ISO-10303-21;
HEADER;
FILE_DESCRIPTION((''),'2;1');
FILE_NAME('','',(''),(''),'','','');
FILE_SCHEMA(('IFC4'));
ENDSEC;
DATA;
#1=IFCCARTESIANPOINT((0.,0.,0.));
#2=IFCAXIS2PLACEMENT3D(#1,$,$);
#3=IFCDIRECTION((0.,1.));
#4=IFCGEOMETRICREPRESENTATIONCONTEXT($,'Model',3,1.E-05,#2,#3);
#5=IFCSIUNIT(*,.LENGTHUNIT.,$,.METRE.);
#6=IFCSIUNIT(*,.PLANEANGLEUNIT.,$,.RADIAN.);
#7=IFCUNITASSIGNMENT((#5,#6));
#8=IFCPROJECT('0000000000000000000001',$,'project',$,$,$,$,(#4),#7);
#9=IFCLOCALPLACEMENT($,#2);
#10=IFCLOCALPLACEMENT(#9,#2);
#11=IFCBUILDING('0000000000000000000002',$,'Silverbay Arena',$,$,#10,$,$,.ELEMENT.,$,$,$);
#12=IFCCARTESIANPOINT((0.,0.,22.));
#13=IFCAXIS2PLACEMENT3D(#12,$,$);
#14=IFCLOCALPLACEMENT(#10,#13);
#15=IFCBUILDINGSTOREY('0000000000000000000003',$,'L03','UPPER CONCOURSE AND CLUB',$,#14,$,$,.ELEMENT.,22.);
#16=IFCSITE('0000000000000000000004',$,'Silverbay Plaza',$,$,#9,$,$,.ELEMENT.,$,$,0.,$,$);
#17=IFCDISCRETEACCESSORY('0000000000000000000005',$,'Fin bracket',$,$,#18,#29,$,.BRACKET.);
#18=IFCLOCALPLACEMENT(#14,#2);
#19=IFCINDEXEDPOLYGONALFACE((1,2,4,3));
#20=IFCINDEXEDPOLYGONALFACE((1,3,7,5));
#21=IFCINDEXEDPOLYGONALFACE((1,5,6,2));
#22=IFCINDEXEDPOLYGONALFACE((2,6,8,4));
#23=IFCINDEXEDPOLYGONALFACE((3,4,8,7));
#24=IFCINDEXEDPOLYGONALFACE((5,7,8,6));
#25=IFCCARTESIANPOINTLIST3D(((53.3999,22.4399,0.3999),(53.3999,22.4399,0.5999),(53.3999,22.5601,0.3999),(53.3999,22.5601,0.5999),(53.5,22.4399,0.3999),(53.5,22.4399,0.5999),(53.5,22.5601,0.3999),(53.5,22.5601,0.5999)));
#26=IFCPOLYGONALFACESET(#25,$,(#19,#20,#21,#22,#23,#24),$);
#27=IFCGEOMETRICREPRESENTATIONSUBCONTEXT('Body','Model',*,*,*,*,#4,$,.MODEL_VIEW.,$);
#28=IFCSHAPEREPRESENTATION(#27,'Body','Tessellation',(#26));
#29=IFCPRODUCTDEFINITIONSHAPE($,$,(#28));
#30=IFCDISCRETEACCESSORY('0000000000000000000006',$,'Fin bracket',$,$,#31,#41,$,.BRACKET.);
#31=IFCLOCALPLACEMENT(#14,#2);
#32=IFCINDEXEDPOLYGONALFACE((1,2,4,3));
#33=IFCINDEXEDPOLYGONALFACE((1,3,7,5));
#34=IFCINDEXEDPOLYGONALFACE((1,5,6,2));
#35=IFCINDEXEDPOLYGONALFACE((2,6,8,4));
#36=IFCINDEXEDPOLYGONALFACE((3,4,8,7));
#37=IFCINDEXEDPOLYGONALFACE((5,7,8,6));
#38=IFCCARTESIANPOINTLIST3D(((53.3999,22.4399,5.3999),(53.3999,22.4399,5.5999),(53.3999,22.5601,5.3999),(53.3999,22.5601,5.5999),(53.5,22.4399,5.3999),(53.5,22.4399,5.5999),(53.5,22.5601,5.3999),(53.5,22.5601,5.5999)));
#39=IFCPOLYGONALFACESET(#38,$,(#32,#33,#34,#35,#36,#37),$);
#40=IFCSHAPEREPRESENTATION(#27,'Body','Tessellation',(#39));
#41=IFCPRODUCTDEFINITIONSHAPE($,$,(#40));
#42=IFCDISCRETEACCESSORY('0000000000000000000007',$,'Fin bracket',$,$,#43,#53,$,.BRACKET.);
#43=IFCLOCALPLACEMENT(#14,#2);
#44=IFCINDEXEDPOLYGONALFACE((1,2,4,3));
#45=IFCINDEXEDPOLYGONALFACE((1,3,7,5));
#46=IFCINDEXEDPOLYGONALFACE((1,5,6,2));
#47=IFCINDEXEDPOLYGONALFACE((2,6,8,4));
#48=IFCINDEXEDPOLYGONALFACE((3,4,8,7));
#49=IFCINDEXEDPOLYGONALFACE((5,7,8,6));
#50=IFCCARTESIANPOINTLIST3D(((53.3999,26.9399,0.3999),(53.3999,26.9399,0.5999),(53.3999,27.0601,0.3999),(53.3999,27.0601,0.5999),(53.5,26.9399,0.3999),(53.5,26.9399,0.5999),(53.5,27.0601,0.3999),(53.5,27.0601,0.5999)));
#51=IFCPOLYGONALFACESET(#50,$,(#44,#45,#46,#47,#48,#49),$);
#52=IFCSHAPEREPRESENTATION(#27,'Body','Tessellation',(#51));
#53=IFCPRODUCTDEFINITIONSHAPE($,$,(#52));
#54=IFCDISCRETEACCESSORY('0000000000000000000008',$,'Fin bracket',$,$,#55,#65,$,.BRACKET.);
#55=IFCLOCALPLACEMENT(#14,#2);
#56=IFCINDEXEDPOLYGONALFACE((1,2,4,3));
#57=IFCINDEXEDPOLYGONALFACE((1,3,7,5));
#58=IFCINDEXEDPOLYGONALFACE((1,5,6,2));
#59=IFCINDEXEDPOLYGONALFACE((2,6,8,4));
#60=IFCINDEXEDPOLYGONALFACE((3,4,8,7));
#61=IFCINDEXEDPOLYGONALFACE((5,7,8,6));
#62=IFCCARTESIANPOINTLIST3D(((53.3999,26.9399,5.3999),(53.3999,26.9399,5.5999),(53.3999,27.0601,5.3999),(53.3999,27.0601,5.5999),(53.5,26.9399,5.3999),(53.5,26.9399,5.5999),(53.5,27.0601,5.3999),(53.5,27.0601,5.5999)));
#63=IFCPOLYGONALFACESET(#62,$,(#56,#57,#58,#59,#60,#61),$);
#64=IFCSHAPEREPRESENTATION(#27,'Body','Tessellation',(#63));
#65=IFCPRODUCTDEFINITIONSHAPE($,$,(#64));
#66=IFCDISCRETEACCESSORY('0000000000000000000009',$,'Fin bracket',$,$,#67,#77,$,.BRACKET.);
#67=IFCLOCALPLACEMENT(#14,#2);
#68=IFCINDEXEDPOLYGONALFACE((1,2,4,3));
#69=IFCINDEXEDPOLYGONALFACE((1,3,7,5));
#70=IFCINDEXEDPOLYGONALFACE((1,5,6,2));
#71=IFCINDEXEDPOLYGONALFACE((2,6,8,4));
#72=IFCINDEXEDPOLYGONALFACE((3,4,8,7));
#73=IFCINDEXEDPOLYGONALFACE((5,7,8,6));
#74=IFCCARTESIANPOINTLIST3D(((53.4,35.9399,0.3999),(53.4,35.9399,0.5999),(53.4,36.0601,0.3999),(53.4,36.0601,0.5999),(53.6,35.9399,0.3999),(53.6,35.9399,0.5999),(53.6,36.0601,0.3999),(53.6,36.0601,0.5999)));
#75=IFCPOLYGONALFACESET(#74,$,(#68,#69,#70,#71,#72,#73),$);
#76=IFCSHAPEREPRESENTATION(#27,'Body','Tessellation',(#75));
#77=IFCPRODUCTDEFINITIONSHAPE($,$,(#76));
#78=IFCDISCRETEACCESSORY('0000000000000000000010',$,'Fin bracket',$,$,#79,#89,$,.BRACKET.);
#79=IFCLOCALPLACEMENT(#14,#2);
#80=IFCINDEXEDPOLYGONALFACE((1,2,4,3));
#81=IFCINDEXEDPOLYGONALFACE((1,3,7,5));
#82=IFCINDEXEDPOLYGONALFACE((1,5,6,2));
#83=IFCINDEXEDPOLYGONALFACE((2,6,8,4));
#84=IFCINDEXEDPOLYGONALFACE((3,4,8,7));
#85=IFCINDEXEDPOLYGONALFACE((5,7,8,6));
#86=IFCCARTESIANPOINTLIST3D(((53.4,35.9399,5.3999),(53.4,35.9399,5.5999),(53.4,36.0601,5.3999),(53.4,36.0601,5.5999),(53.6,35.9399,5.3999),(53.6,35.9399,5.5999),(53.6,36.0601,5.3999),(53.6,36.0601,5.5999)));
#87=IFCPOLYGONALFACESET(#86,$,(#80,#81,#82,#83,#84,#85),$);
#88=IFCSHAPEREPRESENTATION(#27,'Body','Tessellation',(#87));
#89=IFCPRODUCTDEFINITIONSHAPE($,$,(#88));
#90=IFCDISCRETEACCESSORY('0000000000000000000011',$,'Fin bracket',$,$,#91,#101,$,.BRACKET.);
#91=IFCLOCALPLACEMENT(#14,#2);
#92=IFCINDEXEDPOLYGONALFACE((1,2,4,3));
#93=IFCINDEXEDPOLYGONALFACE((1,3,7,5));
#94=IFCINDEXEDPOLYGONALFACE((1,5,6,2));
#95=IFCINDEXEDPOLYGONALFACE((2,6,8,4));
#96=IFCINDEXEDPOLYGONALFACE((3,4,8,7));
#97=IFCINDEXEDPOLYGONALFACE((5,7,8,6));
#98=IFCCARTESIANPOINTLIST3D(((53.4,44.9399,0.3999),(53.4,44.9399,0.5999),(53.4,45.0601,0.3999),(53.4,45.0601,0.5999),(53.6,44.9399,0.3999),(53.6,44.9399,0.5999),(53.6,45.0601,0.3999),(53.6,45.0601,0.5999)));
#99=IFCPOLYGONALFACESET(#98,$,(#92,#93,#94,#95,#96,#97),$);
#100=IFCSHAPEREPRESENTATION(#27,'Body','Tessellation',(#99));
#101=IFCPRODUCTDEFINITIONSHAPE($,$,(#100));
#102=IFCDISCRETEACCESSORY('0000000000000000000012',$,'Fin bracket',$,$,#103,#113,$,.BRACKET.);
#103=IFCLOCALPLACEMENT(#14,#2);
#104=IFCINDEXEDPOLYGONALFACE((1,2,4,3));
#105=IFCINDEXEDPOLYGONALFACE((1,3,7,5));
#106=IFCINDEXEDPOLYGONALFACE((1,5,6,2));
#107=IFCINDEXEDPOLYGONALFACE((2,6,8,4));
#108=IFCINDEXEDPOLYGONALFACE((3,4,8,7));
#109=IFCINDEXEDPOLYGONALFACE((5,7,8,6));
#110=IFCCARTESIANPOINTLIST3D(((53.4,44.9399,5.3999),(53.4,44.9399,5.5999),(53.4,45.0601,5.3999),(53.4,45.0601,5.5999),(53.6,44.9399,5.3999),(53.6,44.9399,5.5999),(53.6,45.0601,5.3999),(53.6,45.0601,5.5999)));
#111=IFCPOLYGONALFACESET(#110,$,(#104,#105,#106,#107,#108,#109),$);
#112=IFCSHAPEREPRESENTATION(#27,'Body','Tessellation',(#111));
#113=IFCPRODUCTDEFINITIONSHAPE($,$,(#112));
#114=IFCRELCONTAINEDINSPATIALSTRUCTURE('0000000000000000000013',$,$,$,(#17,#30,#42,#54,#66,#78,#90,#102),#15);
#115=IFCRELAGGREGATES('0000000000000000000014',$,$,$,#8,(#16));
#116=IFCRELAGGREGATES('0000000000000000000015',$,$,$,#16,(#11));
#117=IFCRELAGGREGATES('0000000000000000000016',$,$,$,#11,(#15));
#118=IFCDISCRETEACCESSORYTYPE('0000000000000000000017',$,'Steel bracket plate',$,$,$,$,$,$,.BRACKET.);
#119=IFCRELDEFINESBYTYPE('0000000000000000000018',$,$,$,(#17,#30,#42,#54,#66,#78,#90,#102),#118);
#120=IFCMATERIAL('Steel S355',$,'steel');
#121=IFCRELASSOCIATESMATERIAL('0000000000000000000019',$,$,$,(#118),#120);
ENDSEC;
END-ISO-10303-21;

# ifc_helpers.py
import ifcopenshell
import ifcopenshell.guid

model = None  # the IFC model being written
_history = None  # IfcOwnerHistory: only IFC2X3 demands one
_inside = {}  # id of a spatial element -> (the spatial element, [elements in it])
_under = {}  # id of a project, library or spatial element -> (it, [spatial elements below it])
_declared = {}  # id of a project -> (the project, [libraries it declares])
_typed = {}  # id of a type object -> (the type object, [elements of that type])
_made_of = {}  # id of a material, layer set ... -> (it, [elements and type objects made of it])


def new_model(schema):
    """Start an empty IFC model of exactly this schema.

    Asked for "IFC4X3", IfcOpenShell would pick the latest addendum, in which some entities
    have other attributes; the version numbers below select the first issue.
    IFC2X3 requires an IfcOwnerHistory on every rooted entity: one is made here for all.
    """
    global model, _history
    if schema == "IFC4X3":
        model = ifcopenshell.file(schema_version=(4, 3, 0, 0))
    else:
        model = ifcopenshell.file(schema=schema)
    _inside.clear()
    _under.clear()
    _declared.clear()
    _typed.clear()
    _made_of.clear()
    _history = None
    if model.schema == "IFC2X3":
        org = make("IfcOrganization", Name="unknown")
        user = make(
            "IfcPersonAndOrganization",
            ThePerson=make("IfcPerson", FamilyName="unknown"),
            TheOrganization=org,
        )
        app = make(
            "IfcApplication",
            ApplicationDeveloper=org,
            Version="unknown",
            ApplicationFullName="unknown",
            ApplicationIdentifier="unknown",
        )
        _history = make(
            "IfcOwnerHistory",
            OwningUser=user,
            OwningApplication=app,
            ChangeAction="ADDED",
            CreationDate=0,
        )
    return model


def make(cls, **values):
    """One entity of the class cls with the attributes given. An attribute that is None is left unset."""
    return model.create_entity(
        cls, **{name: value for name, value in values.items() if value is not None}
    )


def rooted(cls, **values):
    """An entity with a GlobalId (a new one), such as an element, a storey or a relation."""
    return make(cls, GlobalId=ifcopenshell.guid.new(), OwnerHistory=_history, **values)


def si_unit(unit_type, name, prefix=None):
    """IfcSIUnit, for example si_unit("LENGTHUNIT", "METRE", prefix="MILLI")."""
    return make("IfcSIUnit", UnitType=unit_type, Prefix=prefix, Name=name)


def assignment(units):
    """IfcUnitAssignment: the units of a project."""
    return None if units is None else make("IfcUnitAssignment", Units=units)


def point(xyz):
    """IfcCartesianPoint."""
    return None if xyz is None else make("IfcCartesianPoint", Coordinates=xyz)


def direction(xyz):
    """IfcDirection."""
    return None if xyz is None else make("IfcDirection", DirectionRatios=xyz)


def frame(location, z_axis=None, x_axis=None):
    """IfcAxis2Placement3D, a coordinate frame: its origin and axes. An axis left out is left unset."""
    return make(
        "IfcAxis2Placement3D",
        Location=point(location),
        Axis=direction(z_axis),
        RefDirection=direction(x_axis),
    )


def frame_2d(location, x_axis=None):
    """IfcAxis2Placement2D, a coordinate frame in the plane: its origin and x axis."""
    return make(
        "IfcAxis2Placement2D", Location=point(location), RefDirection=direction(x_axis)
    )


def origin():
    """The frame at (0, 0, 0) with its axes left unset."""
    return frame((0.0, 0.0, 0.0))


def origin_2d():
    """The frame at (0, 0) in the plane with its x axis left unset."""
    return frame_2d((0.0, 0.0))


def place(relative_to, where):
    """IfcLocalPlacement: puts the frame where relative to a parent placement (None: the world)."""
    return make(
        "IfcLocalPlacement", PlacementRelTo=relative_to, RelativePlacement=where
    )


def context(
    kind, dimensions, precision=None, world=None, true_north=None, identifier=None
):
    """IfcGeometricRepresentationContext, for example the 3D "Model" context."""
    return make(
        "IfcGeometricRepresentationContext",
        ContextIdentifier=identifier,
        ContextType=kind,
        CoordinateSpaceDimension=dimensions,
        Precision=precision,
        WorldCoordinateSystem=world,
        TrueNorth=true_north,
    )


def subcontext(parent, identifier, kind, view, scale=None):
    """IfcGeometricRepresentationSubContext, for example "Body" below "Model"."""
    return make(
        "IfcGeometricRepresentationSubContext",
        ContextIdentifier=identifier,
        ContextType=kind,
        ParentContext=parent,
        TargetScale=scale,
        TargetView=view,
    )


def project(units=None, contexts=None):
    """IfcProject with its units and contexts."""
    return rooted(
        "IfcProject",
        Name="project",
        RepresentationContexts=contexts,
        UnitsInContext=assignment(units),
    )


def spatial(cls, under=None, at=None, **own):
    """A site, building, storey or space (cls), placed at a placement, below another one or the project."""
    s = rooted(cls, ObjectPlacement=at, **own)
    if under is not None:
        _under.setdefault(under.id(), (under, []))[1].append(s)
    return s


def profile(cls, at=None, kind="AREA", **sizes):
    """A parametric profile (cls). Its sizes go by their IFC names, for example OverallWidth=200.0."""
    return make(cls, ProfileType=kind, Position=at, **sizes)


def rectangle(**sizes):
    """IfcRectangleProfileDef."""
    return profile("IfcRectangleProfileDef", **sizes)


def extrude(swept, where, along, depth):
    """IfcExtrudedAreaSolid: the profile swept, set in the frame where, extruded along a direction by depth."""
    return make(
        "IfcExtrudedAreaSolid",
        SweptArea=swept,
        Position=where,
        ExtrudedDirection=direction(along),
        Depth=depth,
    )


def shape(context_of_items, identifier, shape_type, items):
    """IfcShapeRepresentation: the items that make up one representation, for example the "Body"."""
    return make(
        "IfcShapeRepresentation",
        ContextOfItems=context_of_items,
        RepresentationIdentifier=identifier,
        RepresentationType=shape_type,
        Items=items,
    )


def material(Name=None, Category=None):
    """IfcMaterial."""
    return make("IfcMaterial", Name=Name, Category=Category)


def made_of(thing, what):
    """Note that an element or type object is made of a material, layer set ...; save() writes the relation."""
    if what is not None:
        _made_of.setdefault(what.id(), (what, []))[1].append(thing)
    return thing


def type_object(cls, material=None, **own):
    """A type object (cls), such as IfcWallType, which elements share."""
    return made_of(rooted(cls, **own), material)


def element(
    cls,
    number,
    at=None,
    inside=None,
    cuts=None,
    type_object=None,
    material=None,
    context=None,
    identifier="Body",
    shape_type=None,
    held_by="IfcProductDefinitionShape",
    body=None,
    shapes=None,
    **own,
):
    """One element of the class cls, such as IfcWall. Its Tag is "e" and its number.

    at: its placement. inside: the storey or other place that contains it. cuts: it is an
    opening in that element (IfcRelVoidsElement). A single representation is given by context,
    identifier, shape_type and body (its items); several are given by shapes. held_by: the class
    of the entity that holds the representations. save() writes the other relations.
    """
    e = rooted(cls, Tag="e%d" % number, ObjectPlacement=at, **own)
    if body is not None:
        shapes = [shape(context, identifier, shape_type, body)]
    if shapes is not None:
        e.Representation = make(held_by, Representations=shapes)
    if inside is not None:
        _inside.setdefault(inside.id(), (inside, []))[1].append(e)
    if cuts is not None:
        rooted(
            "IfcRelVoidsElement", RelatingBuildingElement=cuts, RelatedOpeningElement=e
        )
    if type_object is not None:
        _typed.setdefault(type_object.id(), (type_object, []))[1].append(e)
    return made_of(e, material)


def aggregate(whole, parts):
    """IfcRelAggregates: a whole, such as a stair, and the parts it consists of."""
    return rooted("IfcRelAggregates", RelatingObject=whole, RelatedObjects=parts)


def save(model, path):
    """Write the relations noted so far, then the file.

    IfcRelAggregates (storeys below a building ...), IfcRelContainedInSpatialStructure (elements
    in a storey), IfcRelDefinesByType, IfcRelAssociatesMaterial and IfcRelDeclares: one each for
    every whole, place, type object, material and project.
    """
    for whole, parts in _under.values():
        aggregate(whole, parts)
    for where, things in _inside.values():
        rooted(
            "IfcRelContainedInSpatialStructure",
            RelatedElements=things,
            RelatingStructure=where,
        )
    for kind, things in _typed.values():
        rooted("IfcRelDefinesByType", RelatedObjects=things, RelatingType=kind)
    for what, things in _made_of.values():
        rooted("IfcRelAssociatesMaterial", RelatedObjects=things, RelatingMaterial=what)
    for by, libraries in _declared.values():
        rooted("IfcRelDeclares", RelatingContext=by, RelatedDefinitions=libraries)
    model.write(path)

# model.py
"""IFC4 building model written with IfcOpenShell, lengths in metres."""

from ifc_helpers import new_model, si_unit, direction, frame, origin, origin_2d, place, context, subcontext, project, spatial, rectangle, extrude, material, type_object, element, save


model = new_model("IFC4")

# Units and contexts
model_context = context("Model", 3, precision=1e-05, world=origin(), true_north=direction((0.0, 1.0)))
body_context = subcontext(model_context, "Body", "Model", "MODEL_VIEW")
ifc_project = project(units=[si_unit("LENGTHUNIT", "METRE"), si_unit("PLANEANGLEUNIT", "RADIAN")], contexts=[model_context])

# Site, building, storey
site_placement = place(None, origin())
site = spatial("IfcSite", under=ifc_project, at=site_placement, Name="Silverbay Plaza", CompositionType="ELEMENT", RefElevation=0.0)
building_placement = place(site_placement, origin())
building = spatial("IfcBuilding", under=site, at=building_placement, Name="Silverbay Arena", CompositionType="ELEMENT")
storey_placement = place(building_placement, frame((0.0, 0.0, 22.0)))
storey = spatial("IfcBuildingStorey", under=building, at=storey_placement, Name="L03", Description="UPPER CONCOURSE AND CLUB", CompositionType="ELEMENT", Elevation=22.0)

# Discrete accessories
ifc_material_1 = material(Name="Steel S355", Category="steel")
discrete_accessory_type = type_object("IfcDiscreteAccessoryType", Name="Steel bracket plate", PredefinedType="BRACKET", material=ifc_material_1)
for number, where, z_axis, x_axis, name in (
    (1, (53.45, 22.5, 0.3999), (0.0, 0.0, 1.0), (1.0, 0.0, 0.0), "Fin bracket"),
    (2, (53.45, 22.5, 5.3999), (0.0, 0.0, 1.0), (1.0, 0.0, 0.0), "Fin bracket"),
    (3, (53.45, 27.0, 0.3999), (0.0, 0.0, 1.0), (1.0, 0.0, 0.0), "Fin bracket"),
    (4, (53.45, 27.0, 5.3999), (0.0, 0.0, 1.0), (1.0, 0.0, 0.0), "Fin bracket"),
):
    element("IfcDiscreteAccessory", number, at=place(storey_placement, frame(where, z_axis=z_axis, x_axis=x_axis)), inside=storey, type_object=discrete_accessory_type, Name=name, PredefinedType="BRACKET", context=body_context, shape_type="SweptSolid", body=[
        extrude(rectangle(XDim=0.1001, YDim=0.1201, at=origin_2d()), origin(), (0.0, 0.0, 1.0), 0.2),
    ])
for number, where, z_axis, x_axis, name in (
    (5, (53.5, 36.0, 0.3999), (0.0, 0.0, 1.0), (1.0, 0.0, 0.0), "Fin bracket"),
    (6, (53.5, 36.0, 5.3999), (0.0, 0.0, 1.0), (1.0, 0.0, 0.0), "Fin bracket"),
    (7, (53.5, 45.0, 0.3999), (0.0, 0.0, 1.0), (1.0, 0.0, 0.0), "Fin bracket"),
    (8, (53.5, 45.0, 5.3999), (0.0, 0.0, 1.0), (1.0, 0.0, 0.0), "Fin bracket"),
):
    element("IfcDiscreteAccessory", number, at=place(storey_placement, frame(where, z_axis=z_axis, x_axis=x_axis)), inside=storey, type_object=discrete_accessory_type, Name=name, PredefinedType="BRACKET", context=body_context, shape_type="SweptSolid", body=[
        extrude(rectangle(XDim=0.2, YDim=0.1201, at=origin_2d()), origin(), (0.0, 0.0, 1.0), 0.2),
    ])

save(model, "model.ifc")
